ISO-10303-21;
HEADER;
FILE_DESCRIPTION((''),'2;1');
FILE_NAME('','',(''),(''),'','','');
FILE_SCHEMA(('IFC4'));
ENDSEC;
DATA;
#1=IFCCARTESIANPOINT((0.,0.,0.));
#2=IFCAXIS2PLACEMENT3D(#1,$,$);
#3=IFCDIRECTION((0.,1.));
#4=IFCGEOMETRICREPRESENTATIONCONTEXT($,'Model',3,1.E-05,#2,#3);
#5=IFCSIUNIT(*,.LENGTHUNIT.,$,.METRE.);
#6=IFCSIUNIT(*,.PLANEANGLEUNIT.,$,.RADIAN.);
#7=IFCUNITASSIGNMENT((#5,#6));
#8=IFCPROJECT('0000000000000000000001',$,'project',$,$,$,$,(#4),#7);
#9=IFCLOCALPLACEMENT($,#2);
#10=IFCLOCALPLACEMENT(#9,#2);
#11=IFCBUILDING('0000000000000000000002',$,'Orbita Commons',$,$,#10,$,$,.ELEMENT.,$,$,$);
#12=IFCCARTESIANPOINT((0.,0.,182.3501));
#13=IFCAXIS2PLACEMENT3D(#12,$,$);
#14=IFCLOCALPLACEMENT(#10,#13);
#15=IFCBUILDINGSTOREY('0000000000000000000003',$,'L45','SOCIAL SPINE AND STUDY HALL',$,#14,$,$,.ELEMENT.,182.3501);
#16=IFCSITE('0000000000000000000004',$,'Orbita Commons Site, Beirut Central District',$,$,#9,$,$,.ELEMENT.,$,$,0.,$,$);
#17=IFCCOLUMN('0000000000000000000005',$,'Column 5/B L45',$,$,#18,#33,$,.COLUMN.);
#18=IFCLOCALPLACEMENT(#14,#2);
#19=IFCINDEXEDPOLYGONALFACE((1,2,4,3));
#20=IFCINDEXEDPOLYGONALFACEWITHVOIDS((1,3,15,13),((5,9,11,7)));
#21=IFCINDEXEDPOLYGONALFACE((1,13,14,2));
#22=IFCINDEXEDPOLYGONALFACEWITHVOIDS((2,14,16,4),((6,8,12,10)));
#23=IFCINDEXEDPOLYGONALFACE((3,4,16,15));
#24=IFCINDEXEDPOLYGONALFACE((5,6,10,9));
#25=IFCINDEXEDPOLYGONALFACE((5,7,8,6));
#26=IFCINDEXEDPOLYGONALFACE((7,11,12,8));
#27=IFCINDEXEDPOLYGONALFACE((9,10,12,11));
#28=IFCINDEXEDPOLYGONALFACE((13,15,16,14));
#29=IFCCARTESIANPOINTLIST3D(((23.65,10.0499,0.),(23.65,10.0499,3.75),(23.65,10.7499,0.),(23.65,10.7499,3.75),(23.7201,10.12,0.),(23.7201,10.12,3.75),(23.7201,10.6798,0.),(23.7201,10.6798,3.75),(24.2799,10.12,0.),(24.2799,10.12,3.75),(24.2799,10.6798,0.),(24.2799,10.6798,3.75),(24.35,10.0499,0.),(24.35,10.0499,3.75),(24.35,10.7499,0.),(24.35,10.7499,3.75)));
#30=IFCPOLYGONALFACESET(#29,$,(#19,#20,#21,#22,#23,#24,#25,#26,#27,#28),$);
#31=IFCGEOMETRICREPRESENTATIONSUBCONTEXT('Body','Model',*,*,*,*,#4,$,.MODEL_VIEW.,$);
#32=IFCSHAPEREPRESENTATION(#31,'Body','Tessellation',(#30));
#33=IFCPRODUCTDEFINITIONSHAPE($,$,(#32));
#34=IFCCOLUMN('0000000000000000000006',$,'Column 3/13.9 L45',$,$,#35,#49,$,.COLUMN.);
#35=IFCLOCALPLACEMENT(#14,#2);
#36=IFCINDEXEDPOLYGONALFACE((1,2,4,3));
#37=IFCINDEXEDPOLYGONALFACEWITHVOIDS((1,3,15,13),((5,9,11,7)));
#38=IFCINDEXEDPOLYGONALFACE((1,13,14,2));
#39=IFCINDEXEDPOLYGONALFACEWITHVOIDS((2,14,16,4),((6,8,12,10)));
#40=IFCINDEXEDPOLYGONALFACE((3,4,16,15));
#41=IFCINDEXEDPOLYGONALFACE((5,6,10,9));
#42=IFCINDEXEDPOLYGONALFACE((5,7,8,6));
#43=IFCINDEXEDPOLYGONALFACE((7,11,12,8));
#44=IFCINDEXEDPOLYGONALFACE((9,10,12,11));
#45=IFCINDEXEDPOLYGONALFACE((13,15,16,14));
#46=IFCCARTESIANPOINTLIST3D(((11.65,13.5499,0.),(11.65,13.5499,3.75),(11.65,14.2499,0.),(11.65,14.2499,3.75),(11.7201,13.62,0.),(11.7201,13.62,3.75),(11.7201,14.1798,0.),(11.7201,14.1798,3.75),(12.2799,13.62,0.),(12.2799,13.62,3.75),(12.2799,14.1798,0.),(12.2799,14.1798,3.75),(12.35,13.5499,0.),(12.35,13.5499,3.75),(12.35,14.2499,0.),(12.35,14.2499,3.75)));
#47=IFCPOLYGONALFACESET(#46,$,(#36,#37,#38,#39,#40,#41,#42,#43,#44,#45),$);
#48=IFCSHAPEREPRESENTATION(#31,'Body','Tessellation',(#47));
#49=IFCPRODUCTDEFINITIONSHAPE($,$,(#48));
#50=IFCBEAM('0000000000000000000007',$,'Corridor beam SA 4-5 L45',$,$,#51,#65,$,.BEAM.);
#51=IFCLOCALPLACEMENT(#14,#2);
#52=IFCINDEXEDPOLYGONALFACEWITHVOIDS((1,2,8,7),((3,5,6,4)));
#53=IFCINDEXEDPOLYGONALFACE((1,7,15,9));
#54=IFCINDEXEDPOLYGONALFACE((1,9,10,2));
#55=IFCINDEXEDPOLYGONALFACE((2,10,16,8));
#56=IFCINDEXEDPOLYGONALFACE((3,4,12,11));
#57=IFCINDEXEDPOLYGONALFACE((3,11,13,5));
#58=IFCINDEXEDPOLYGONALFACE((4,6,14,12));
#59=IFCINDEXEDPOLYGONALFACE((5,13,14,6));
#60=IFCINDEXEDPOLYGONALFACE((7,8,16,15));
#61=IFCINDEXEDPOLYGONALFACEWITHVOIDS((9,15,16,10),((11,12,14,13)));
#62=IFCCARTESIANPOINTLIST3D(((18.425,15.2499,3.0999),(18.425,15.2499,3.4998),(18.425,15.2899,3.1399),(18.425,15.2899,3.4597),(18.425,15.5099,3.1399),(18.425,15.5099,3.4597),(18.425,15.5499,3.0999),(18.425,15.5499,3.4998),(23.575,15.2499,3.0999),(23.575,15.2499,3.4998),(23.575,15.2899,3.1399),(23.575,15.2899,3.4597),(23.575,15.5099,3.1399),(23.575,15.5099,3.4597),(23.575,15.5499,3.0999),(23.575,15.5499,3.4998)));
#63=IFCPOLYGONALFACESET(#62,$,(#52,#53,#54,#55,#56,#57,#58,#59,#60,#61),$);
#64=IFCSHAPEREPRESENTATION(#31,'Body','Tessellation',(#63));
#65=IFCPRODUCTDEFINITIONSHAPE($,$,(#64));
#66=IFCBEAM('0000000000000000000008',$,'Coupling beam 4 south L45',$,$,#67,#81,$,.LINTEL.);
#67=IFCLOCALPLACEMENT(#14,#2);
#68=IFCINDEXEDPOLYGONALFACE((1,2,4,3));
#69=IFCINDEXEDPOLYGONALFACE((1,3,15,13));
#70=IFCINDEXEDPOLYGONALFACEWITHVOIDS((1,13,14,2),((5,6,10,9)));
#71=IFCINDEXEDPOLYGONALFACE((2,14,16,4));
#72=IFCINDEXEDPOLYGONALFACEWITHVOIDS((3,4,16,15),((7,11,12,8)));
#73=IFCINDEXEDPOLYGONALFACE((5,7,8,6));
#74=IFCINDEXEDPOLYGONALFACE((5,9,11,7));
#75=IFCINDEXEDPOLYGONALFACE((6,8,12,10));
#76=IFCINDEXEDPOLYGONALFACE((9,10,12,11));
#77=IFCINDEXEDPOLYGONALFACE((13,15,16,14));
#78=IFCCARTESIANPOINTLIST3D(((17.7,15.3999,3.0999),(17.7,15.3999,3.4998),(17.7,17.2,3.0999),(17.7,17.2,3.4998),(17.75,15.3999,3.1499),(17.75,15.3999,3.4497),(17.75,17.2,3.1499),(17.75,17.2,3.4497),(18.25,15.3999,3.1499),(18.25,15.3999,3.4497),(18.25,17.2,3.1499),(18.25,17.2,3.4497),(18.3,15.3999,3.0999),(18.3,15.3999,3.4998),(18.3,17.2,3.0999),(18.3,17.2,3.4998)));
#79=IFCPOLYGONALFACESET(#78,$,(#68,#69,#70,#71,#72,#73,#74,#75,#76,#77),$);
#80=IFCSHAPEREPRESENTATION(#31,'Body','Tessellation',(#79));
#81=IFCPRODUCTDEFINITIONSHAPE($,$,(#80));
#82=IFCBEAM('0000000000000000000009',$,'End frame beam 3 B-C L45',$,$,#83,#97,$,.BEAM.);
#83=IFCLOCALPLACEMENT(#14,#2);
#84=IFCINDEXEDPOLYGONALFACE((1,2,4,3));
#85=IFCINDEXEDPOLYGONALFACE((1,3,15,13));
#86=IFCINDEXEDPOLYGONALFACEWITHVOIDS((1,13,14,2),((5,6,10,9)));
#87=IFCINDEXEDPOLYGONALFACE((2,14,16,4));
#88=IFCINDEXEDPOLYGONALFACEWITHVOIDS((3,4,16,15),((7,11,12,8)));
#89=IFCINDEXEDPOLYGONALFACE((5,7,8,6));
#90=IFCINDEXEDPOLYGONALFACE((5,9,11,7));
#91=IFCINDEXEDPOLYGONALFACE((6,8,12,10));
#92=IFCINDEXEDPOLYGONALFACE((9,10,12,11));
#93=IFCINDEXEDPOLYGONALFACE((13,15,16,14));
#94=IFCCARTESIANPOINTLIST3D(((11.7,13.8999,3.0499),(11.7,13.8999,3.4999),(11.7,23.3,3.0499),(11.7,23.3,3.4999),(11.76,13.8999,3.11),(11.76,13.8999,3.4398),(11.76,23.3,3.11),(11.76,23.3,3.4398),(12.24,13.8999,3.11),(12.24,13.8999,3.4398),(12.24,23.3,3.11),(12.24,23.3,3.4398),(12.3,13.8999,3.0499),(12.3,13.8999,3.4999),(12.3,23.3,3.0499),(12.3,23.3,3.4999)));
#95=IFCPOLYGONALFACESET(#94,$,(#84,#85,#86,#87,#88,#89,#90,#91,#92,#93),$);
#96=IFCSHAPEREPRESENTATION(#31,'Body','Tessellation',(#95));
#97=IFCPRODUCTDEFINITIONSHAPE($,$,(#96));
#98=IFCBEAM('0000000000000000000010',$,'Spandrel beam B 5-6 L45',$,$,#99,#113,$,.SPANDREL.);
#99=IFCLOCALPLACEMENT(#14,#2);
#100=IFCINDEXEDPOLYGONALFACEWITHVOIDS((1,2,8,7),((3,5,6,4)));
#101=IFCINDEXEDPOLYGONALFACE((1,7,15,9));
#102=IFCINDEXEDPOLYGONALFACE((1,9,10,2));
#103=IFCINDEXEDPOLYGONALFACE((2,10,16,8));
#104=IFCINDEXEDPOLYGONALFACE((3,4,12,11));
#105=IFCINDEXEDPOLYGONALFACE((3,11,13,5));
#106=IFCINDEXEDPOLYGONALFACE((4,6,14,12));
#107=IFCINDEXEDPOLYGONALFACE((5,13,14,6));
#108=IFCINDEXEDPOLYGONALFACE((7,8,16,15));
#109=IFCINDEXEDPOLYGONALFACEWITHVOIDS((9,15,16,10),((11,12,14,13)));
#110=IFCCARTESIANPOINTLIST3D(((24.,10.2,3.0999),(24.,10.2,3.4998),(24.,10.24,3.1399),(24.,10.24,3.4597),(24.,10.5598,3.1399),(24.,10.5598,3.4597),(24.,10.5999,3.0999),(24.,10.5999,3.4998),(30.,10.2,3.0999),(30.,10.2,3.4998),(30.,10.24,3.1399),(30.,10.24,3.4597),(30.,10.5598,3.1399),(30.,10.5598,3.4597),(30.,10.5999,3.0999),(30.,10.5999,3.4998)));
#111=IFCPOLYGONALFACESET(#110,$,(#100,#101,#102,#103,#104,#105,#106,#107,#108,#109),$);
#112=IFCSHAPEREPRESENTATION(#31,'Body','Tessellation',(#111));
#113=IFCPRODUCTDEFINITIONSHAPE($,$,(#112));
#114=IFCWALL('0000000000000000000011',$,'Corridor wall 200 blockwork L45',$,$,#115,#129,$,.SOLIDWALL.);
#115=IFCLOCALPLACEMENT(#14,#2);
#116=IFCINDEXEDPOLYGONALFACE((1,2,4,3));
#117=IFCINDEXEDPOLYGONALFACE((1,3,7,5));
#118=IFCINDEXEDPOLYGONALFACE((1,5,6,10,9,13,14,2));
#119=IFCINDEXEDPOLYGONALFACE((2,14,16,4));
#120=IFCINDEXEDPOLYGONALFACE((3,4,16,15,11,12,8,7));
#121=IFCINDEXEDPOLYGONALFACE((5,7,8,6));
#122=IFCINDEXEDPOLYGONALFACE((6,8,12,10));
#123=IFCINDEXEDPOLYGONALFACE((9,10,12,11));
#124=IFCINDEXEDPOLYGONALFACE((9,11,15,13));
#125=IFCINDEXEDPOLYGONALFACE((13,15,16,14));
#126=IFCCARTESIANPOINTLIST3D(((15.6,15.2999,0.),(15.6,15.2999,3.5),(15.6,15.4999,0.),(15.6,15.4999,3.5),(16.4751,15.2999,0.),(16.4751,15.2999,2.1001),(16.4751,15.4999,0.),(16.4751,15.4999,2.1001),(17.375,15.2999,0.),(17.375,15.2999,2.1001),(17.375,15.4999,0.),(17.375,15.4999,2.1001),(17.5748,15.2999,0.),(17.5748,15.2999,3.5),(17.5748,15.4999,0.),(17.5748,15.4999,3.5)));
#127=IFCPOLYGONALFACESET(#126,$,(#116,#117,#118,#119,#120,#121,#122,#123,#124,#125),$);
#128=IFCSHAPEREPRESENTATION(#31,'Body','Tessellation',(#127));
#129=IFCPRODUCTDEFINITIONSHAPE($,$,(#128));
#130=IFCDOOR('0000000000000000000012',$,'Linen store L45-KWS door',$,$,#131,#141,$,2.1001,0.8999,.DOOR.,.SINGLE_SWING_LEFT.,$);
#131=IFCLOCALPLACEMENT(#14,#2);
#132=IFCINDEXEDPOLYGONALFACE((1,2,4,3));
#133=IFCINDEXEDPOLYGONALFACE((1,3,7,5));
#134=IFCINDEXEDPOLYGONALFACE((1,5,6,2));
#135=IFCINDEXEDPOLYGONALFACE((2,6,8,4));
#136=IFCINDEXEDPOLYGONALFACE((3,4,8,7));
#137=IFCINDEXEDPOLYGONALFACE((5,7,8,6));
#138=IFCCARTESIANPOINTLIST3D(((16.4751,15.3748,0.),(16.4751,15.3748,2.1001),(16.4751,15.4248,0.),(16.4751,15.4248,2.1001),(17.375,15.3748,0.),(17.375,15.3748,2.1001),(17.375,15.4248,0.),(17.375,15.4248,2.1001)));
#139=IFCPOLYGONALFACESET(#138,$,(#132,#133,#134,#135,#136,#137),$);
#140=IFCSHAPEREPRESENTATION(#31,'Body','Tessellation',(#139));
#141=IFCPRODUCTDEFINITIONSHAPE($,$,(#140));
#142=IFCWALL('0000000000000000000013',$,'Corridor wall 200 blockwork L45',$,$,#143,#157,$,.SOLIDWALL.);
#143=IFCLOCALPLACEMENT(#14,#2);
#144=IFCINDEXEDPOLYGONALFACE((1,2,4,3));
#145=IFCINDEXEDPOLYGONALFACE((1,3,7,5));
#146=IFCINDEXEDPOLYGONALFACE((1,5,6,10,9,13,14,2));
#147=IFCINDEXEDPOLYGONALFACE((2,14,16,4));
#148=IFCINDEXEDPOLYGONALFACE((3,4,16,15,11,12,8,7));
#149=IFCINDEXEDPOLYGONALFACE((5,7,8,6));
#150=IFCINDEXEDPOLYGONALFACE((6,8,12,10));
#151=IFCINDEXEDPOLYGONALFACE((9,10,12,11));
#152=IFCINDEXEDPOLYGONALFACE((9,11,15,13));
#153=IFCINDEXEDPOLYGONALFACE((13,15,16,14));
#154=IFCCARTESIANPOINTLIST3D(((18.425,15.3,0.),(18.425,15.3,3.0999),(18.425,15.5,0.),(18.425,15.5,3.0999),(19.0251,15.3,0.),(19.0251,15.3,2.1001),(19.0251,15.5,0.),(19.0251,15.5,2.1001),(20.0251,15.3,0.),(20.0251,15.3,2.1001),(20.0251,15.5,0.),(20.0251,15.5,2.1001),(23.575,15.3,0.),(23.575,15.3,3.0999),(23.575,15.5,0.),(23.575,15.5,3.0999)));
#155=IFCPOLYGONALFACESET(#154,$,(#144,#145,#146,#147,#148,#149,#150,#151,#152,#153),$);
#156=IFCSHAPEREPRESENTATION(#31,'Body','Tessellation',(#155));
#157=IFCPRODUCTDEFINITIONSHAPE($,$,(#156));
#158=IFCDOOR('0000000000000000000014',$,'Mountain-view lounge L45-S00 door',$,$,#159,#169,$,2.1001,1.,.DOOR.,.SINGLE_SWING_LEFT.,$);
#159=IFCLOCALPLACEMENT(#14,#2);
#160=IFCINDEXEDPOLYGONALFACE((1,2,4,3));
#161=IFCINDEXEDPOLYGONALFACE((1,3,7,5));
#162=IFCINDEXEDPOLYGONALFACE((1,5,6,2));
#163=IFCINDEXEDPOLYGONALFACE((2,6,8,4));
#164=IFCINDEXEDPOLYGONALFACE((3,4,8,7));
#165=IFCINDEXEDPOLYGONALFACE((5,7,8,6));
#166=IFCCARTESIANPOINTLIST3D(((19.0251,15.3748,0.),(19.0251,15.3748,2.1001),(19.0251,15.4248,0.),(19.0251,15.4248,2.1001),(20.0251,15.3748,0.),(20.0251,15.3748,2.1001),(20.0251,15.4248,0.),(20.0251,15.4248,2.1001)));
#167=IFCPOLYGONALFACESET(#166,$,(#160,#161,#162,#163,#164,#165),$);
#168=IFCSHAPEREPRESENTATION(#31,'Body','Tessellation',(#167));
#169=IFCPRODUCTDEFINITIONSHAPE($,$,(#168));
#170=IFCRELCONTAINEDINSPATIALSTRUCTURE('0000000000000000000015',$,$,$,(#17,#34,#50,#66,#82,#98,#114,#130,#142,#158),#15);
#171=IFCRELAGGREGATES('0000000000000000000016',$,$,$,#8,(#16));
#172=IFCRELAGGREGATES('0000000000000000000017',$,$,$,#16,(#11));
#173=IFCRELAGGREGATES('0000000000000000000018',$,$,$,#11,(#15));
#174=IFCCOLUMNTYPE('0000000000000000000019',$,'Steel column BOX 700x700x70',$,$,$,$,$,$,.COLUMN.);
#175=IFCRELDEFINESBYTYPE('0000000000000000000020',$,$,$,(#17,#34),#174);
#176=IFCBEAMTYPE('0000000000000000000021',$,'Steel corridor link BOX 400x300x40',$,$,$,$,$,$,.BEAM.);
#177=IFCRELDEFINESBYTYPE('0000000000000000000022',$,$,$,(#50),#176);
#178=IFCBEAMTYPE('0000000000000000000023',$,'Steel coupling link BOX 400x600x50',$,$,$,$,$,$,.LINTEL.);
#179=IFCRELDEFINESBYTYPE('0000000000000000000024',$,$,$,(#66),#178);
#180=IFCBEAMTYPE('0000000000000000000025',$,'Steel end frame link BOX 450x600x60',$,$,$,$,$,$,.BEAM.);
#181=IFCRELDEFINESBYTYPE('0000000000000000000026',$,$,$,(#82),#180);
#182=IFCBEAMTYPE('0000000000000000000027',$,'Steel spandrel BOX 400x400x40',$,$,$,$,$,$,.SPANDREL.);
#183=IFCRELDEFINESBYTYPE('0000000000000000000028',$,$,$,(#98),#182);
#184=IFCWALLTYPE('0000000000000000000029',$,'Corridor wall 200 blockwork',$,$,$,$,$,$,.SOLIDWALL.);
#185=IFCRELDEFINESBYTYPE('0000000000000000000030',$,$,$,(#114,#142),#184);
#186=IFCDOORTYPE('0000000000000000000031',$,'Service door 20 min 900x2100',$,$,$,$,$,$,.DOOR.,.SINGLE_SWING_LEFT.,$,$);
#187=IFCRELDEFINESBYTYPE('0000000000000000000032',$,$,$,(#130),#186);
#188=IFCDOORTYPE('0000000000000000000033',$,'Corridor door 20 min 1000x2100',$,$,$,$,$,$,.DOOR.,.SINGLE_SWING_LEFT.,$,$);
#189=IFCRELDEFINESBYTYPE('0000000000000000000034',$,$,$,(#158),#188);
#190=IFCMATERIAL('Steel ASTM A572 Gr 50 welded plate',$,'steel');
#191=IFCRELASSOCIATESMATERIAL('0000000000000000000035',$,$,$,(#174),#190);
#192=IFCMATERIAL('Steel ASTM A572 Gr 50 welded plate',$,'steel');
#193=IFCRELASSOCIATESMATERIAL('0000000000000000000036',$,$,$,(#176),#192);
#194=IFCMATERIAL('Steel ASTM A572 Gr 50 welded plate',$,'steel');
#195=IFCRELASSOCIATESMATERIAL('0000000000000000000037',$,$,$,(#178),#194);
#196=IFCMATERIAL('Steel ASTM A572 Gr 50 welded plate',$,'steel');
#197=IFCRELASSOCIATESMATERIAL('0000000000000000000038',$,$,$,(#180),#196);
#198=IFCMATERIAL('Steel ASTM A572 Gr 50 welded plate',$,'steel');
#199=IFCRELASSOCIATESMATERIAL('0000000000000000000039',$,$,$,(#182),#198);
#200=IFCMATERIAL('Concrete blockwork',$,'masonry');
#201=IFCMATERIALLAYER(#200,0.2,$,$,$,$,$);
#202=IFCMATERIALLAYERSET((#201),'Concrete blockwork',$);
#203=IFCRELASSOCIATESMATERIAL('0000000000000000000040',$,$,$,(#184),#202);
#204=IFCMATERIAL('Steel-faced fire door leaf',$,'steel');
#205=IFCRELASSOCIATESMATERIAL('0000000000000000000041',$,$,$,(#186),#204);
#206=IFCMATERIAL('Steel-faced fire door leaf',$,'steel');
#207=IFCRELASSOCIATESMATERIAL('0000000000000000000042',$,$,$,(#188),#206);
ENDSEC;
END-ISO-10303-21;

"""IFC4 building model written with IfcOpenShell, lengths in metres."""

from ifc_helpers import new_model, si_unit, direction, frame, frame_2d, origin, origin_2d, place, context, subcontext, project, spatial, polyline, rectangle, hollow_rectangle, outline, extrude, material, layer, layer_set, material_profile, profile_set, type_object, element, fill, save


model = new_model("IFC4")

# Units and contexts
model_context = context("Model", 3, precision=1e-05, world=origin(), true_north=direction((0.0, 1.0)))
body_context = subcontext(model_context, "Body", "Model", "MODEL_VIEW")
ifc_project = project(units=[si_unit("LENGTHUNIT", "METRE"), si_unit("PLANEANGLEUNIT", "RADIAN")], contexts=[model_context])

# Site, building, storey
site_placement = place(None, origin())
site = spatial("IfcSite", under=ifc_project, at=site_placement, Name="Orbita Commons Site, Beirut Central District", CompositionType="ELEMENT", RefElevation=0.0)
building_placement = place(site_placement, origin())
building = spatial("IfcBuilding", under=site, at=building_placement, Name="Orbita Commons", CompositionType="ELEMENT")
storey_placement = place(building_placement, frame((0.0, 0.0, 182.3501)))
storey = spatial("IfcBuildingStorey", under=building, at=storey_placement, Name="L45", Description="SOCIAL SPINE AND STUDY HALL", CompositionType="ELEMENT", Elevation=182.3501)

# Columns
ifc_material_1 = material(Name="Steel ASTM A572 Gr 50 welded plate", Category="steel")
ifc_material_profile_1 = material_profile(ifc_material_1, hollow_rectangle(XDim=0.7, YDim=0.7, WallThickness=0.0701, at=origin_2d()), Name="BOX 700x700x70")
ifc_profile_set_1 = profile_set([ifc_material_profile_1], Name="Steel ASTM A572 Gr 50 welded plate")
column_type = type_object("IfcColumnType", Name="Steel column BOX 700x700x70", PredefinedType="COLUMN", material=ifc_profile_set_1)
for number, where, z_axis, x_axis, name in (
    (1, (24.0, 10.3999, 0.0), (0.0, 0.0, 1.0), (1.0, 0.0, 0.0), "Column 5/B L45"),
    (2, (12.0, 13.8999, 0.0), (0.0, 0.0, 1.0), (1.0, 0.0, 0.0), "Column 3/13.9 L45"),
):
    element("IfcColumn", number, at=place(storey_placement, frame(where, z_axis=z_axis, x_axis=x_axis)), inside=storey, type_object=column_type, Name=name, PredefinedType="COLUMN", context=body_context, shape_type="SweptSolid", body=[
        extrude(hollow_rectangle(XDim=0.7, YDim=0.7, WallThickness=0.0701, at=origin_2d()), origin(), (0.0, 0.0, 1.0), 3.75),
    ])

# Beams
ifc_material_2 = material(Name="Steel ASTM A572 Gr 50 welded plate", Category="steel")
ifc_material_profile_2 = material_profile(ifc_material_2, hollow_rectangle(XDim=0.3, YDim=0.3999, WallThickness=0.04, at=origin_2d()), Name="BOX 400x300x40")
ifc_profile_set_2 = profile_set([ifc_material_profile_2], Name="Steel ASTM A572 Gr 50 welded plate")
beam_type_1 = type_object("IfcBeamType", Name="Steel corridor link BOX 400x300x40", PredefinedType="BEAM", material=ifc_profile_set_2)
beam_1_placement = place(storey_placement, frame((18.425, 15.3999, 3.2998), z_axis=(1.0, 0.0, 0.0), x_axis=(0.0, 1.0, 0.0)))
element("IfcBeam", 3, at=beam_1_placement, inside=storey, type_object=beam_type_1, Name="Corridor beam SA 4-5 L45", PredefinedType="BEAM", context=body_context, shape_type="SweptSolid", body=[
    extrude(hollow_rectangle(XDim=0.3, YDim=0.3999, WallThickness=0.04, at=origin_2d()), origin(), (0.0, 0.0, 1.0), 5.1499),
])
ifc_material_3 = material(Name="Steel ASTM A572 Gr 50 welded plate", Category="steel")
ifc_material_profile_3 = material_profile(ifc_material_3, hollow_rectangle(XDim=0.6001, YDim=0.3999, WallThickness=0.05, at=origin_2d()), Name="BOX 400x600x50")
ifc_profile_set_3 = profile_set([ifc_material_profile_3], Name="Steel ASTM A572 Gr 50 welded plate")
beam_type_2 = type_object("IfcBeamType", Name="Steel coupling link BOX 400x600x50", PredefinedType="LINTEL", material=ifc_profile_set_3)
beam_2_placement = place(storey_placement, frame((18.0, 15.3999, 3.2998), z_axis=(0.0, 1.0, 0.0), x_axis=(-1.0, 0.0, 0.0)))
element("IfcBeam", 4, at=beam_2_placement, inside=storey, type_object=beam_type_2, Name="Coupling beam 4 south L45", PredefinedType="LINTEL", context=body_context, shape_type="SweptSolid", body=[
    extrude(hollow_rectangle(XDim=0.6001, YDim=0.3999, WallThickness=0.05, at=origin_2d()), origin(), (0.0, 0.0, 1.0), 1.8),
])
ifc_material_4 = material(Name="Steel ASTM A572 Gr 50 welded plate", Category="steel")
ifc_material_profile_4 = material_profile(ifc_material_4, hollow_rectangle(XDim=0.6001, YDim=0.45, WallThickness=0.0601, at=origin_2d()), Name="BOX 450x600x60")
ifc_profile_set_4 = profile_set([ifc_material_profile_4], Name="Steel ASTM A572 Gr 50 welded plate")
beam_type_3 = type_object("IfcBeamType", Name="Steel end frame link BOX 450x600x60", PredefinedType="BEAM", material=ifc_profile_set_4)
beam_3_placement = place(storey_placement, frame((12.0, 13.8999, 3.2749), z_axis=(0.0, 1.0, 0.0), x_axis=(-1.0, 0.0, 0.0)))
element("IfcBeam", 5, at=beam_3_placement, inside=storey, type_object=beam_type_3, Name="End frame beam 3 B-C L45", PredefinedType="BEAM", context=body_context, shape_type="SweptSolid", body=[
    extrude(hollow_rectangle(XDim=0.6001, YDim=0.45, WallThickness=0.0601, at=origin_2d()), origin(), (0.0, 0.0, 1.0), 9.4001),
])
ifc_material_5 = material(Name="Steel ASTM A572 Gr 50 welded plate", Category="steel")
ifc_material_profile_5 = material_profile(ifc_material_5, hollow_rectangle(XDim=0.3999, YDim=0.3999, WallThickness=0.04, at=origin_2d()), Name="BOX 400x400x40")
ifc_profile_set_5 = profile_set([ifc_material_profile_5], Name="Steel ASTM A572 Gr 50 welded plate")
beam_type_4 = type_object("IfcBeamType", Name="Steel spandrel BOX 400x400x40", PredefinedType="SPANDREL", material=ifc_profile_set_5)
beam_4_placement = place(storey_placement, frame((24.0, 10.3999, 3.2998), z_axis=(1.0, 0.0, 0.0), x_axis=(0.0, 1.0, 0.0)))
element("IfcBeam", 6, at=beam_4_placement, inside=storey, type_object=beam_type_4, Name="Spandrel beam B 5-6 L45", PredefinedType="SPANDREL", context=body_context, shape_type="SweptSolid", body=[
    extrude(hollow_rectangle(XDim=0.3999, YDim=0.3999, WallThickness=0.04, at=origin_2d()), origin(), (0.0, 0.0, 1.0), 6.0),
])

# Walls, openings, doors
ifc_material_6 = material(Name="Concrete blockwork", Category="masonry")
ifc_layer_1 = layer(ifc_material_6, 0.2)
ifc_layer_set_1 = layer_set([ifc_layer_1], Name="Concrete blockwork")
wall_type_1 = type_object("IfcWallType", Name="Corridor wall 200 blockwork", PredefinedType="SOLIDWALL", material=ifc_layer_set_1)
wall_1_placement = place(storey_placement, frame((15.6001, 15.3999, 0.0), z_axis=(0.0, 0.0, 1.0), x_axis=(1.0, 0.0, 0.0)))
wall_1 = element("IfcWall", 7, at=wall_1_placement, inside=storey, type_object=wall_type_1, Name="Corridor wall 200 blockwork L45", PredefinedType="SOLIDWALL", context=body_context, shape_type="SweptSolid", body=[
    extrude(rectangle(XDim=1.9749, YDim=0.2, at=frame_2d((0.9873, 0.0))), origin(), (0.0, 0.0, 1.0), 3.5),
])
opening_1_placement = place(wall_1_placement, frame((0.875, 0.0, 0.0)))
opening_1 = element("IfcOpeningElement", 8, at=opening_1_placement, cuts=wall_1, PredefinedType="OPENING", context=body_context, shape_type="SweptSolid", body=[
    extrude(rectangle(XDim=0.8999, YDim=2.1001, at=frame_2d((0.45, 1.05))), frame((0.0, 0.1099, 0.0), z_axis=(0.0, -1.0, 0.0), x_axis=(1.0, 0.0, 0.0)), (0.0, 0.0, 1.0), 0.22),
])
ifc_material_7 = material(Name="Steel-faced fire door leaf", Category="steel")
door_type_1 = type_object("IfcDoorType", Name="Service door 20 min 900x2100", OperationType="SINGLE_SWING_LEFT", PredefinedType="DOOR", material=ifc_material_7)
door_1_placement = place(opening_1_placement, origin())
door_1 = element("IfcDoor", 9, at=door_1_placement, inside=storey, type_object=door_type_1, Name="Linen store L45-KWS door", OperationType="SINGLE_SWING_LEFT", OverallHeight=2.1001, OverallWidth=0.8999, PredefinedType="DOOR", context=body_context, shape_type="SweptSolid", body=[
    extrude(rectangle(XDim=0.8999, YDim=2.1001, at=frame_2d((0.45, 1.05))), frame((0.0, 0.0249, 0.0), z_axis=(0.0, -1.0, 0.0), x_axis=(1.0, 0.0, 0.0)), (0.0, 0.0, 1.0), 0.05),
])
fill(opening_1, door_1)
wall_2_placement = place(storey_placement, frame((18.425, 15.3999, 0.0), z_axis=(0.0, 0.0, 1.0), x_axis=(1.0, 0.0, 0.0)))
wall_2 = element("IfcWall", 10, at=wall_2_placement, inside=storey, type_object=wall_type_1, Name="Corridor wall 200 blockwork L45", PredefinedType="SOLIDWALL", context=body_context, shape_type="SweptSolid", body=[
    extrude(outline(polyline([(0.0, 0.0), (5.1499, 0.0), (5.1499, 3.0999), (0.0, 3.0999), (0.0, 0.0)])), frame((0.0, 0.1001, 0.0), z_axis=(0.0, -1.0, 0.0), x_axis=(1.0, 0.0, 0.0)), (0.0, 0.0, 1.0), 0.2),
])
opening_2_placement = place(wall_2_placement, frame((0.6001, 0.0, 0.0)))
opening_2 = element("IfcOpeningElement", 11, at=opening_2_placement, cuts=wall_2, PredefinedType="OPENING", context=body_context, shape_type="SweptSolid", body=[
    extrude(rectangle(XDim=1.0, YDim=2.1001, at=frame_2d((0.5, 1.05))), frame((0.0, 0.1099, 0.0), z_axis=(0.0, -1.0, 0.0), x_axis=(1.0, 0.0, 0.0)), (0.0, 0.0, 1.0), 0.22),
])
ifc_material_8 = material(Name="Steel-faced fire door leaf", Category="steel")
door_type_2 = type_object("IfcDoorType", Name="Corridor door 20 min 1000x2100", OperationType="SINGLE_SWING_LEFT", PredefinedType="DOOR", material=ifc_material_8)
door_2_placement = place(opening_2_placement, origin())
door_2 = element("IfcDoor", 12, at=door_2_placement, inside=storey, type_object=door_type_2, Name="Mountain-view lounge L45-S00 door", OperationType="SINGLE_SWING_LEFT", OverallHeight=2.1001, OverallWidth=1.0, PredefinedType="DOOR", context=body_context, shape_type="SweptSolid", body=[
    extrude(rectangle(XDim=1.0, YDim=2.1001, at=frame_2d((0.5, 1.05))), frame((0.0, 0.0249, 0.0), z_axis=(0.0, -1.0, 0.0), x_axis=(1.0, 0.0, 0.0)), (0.0, 0.0, 1.0), 0.05),
])
fill(opening_2, door_2)

save(model, "model.ifc")
